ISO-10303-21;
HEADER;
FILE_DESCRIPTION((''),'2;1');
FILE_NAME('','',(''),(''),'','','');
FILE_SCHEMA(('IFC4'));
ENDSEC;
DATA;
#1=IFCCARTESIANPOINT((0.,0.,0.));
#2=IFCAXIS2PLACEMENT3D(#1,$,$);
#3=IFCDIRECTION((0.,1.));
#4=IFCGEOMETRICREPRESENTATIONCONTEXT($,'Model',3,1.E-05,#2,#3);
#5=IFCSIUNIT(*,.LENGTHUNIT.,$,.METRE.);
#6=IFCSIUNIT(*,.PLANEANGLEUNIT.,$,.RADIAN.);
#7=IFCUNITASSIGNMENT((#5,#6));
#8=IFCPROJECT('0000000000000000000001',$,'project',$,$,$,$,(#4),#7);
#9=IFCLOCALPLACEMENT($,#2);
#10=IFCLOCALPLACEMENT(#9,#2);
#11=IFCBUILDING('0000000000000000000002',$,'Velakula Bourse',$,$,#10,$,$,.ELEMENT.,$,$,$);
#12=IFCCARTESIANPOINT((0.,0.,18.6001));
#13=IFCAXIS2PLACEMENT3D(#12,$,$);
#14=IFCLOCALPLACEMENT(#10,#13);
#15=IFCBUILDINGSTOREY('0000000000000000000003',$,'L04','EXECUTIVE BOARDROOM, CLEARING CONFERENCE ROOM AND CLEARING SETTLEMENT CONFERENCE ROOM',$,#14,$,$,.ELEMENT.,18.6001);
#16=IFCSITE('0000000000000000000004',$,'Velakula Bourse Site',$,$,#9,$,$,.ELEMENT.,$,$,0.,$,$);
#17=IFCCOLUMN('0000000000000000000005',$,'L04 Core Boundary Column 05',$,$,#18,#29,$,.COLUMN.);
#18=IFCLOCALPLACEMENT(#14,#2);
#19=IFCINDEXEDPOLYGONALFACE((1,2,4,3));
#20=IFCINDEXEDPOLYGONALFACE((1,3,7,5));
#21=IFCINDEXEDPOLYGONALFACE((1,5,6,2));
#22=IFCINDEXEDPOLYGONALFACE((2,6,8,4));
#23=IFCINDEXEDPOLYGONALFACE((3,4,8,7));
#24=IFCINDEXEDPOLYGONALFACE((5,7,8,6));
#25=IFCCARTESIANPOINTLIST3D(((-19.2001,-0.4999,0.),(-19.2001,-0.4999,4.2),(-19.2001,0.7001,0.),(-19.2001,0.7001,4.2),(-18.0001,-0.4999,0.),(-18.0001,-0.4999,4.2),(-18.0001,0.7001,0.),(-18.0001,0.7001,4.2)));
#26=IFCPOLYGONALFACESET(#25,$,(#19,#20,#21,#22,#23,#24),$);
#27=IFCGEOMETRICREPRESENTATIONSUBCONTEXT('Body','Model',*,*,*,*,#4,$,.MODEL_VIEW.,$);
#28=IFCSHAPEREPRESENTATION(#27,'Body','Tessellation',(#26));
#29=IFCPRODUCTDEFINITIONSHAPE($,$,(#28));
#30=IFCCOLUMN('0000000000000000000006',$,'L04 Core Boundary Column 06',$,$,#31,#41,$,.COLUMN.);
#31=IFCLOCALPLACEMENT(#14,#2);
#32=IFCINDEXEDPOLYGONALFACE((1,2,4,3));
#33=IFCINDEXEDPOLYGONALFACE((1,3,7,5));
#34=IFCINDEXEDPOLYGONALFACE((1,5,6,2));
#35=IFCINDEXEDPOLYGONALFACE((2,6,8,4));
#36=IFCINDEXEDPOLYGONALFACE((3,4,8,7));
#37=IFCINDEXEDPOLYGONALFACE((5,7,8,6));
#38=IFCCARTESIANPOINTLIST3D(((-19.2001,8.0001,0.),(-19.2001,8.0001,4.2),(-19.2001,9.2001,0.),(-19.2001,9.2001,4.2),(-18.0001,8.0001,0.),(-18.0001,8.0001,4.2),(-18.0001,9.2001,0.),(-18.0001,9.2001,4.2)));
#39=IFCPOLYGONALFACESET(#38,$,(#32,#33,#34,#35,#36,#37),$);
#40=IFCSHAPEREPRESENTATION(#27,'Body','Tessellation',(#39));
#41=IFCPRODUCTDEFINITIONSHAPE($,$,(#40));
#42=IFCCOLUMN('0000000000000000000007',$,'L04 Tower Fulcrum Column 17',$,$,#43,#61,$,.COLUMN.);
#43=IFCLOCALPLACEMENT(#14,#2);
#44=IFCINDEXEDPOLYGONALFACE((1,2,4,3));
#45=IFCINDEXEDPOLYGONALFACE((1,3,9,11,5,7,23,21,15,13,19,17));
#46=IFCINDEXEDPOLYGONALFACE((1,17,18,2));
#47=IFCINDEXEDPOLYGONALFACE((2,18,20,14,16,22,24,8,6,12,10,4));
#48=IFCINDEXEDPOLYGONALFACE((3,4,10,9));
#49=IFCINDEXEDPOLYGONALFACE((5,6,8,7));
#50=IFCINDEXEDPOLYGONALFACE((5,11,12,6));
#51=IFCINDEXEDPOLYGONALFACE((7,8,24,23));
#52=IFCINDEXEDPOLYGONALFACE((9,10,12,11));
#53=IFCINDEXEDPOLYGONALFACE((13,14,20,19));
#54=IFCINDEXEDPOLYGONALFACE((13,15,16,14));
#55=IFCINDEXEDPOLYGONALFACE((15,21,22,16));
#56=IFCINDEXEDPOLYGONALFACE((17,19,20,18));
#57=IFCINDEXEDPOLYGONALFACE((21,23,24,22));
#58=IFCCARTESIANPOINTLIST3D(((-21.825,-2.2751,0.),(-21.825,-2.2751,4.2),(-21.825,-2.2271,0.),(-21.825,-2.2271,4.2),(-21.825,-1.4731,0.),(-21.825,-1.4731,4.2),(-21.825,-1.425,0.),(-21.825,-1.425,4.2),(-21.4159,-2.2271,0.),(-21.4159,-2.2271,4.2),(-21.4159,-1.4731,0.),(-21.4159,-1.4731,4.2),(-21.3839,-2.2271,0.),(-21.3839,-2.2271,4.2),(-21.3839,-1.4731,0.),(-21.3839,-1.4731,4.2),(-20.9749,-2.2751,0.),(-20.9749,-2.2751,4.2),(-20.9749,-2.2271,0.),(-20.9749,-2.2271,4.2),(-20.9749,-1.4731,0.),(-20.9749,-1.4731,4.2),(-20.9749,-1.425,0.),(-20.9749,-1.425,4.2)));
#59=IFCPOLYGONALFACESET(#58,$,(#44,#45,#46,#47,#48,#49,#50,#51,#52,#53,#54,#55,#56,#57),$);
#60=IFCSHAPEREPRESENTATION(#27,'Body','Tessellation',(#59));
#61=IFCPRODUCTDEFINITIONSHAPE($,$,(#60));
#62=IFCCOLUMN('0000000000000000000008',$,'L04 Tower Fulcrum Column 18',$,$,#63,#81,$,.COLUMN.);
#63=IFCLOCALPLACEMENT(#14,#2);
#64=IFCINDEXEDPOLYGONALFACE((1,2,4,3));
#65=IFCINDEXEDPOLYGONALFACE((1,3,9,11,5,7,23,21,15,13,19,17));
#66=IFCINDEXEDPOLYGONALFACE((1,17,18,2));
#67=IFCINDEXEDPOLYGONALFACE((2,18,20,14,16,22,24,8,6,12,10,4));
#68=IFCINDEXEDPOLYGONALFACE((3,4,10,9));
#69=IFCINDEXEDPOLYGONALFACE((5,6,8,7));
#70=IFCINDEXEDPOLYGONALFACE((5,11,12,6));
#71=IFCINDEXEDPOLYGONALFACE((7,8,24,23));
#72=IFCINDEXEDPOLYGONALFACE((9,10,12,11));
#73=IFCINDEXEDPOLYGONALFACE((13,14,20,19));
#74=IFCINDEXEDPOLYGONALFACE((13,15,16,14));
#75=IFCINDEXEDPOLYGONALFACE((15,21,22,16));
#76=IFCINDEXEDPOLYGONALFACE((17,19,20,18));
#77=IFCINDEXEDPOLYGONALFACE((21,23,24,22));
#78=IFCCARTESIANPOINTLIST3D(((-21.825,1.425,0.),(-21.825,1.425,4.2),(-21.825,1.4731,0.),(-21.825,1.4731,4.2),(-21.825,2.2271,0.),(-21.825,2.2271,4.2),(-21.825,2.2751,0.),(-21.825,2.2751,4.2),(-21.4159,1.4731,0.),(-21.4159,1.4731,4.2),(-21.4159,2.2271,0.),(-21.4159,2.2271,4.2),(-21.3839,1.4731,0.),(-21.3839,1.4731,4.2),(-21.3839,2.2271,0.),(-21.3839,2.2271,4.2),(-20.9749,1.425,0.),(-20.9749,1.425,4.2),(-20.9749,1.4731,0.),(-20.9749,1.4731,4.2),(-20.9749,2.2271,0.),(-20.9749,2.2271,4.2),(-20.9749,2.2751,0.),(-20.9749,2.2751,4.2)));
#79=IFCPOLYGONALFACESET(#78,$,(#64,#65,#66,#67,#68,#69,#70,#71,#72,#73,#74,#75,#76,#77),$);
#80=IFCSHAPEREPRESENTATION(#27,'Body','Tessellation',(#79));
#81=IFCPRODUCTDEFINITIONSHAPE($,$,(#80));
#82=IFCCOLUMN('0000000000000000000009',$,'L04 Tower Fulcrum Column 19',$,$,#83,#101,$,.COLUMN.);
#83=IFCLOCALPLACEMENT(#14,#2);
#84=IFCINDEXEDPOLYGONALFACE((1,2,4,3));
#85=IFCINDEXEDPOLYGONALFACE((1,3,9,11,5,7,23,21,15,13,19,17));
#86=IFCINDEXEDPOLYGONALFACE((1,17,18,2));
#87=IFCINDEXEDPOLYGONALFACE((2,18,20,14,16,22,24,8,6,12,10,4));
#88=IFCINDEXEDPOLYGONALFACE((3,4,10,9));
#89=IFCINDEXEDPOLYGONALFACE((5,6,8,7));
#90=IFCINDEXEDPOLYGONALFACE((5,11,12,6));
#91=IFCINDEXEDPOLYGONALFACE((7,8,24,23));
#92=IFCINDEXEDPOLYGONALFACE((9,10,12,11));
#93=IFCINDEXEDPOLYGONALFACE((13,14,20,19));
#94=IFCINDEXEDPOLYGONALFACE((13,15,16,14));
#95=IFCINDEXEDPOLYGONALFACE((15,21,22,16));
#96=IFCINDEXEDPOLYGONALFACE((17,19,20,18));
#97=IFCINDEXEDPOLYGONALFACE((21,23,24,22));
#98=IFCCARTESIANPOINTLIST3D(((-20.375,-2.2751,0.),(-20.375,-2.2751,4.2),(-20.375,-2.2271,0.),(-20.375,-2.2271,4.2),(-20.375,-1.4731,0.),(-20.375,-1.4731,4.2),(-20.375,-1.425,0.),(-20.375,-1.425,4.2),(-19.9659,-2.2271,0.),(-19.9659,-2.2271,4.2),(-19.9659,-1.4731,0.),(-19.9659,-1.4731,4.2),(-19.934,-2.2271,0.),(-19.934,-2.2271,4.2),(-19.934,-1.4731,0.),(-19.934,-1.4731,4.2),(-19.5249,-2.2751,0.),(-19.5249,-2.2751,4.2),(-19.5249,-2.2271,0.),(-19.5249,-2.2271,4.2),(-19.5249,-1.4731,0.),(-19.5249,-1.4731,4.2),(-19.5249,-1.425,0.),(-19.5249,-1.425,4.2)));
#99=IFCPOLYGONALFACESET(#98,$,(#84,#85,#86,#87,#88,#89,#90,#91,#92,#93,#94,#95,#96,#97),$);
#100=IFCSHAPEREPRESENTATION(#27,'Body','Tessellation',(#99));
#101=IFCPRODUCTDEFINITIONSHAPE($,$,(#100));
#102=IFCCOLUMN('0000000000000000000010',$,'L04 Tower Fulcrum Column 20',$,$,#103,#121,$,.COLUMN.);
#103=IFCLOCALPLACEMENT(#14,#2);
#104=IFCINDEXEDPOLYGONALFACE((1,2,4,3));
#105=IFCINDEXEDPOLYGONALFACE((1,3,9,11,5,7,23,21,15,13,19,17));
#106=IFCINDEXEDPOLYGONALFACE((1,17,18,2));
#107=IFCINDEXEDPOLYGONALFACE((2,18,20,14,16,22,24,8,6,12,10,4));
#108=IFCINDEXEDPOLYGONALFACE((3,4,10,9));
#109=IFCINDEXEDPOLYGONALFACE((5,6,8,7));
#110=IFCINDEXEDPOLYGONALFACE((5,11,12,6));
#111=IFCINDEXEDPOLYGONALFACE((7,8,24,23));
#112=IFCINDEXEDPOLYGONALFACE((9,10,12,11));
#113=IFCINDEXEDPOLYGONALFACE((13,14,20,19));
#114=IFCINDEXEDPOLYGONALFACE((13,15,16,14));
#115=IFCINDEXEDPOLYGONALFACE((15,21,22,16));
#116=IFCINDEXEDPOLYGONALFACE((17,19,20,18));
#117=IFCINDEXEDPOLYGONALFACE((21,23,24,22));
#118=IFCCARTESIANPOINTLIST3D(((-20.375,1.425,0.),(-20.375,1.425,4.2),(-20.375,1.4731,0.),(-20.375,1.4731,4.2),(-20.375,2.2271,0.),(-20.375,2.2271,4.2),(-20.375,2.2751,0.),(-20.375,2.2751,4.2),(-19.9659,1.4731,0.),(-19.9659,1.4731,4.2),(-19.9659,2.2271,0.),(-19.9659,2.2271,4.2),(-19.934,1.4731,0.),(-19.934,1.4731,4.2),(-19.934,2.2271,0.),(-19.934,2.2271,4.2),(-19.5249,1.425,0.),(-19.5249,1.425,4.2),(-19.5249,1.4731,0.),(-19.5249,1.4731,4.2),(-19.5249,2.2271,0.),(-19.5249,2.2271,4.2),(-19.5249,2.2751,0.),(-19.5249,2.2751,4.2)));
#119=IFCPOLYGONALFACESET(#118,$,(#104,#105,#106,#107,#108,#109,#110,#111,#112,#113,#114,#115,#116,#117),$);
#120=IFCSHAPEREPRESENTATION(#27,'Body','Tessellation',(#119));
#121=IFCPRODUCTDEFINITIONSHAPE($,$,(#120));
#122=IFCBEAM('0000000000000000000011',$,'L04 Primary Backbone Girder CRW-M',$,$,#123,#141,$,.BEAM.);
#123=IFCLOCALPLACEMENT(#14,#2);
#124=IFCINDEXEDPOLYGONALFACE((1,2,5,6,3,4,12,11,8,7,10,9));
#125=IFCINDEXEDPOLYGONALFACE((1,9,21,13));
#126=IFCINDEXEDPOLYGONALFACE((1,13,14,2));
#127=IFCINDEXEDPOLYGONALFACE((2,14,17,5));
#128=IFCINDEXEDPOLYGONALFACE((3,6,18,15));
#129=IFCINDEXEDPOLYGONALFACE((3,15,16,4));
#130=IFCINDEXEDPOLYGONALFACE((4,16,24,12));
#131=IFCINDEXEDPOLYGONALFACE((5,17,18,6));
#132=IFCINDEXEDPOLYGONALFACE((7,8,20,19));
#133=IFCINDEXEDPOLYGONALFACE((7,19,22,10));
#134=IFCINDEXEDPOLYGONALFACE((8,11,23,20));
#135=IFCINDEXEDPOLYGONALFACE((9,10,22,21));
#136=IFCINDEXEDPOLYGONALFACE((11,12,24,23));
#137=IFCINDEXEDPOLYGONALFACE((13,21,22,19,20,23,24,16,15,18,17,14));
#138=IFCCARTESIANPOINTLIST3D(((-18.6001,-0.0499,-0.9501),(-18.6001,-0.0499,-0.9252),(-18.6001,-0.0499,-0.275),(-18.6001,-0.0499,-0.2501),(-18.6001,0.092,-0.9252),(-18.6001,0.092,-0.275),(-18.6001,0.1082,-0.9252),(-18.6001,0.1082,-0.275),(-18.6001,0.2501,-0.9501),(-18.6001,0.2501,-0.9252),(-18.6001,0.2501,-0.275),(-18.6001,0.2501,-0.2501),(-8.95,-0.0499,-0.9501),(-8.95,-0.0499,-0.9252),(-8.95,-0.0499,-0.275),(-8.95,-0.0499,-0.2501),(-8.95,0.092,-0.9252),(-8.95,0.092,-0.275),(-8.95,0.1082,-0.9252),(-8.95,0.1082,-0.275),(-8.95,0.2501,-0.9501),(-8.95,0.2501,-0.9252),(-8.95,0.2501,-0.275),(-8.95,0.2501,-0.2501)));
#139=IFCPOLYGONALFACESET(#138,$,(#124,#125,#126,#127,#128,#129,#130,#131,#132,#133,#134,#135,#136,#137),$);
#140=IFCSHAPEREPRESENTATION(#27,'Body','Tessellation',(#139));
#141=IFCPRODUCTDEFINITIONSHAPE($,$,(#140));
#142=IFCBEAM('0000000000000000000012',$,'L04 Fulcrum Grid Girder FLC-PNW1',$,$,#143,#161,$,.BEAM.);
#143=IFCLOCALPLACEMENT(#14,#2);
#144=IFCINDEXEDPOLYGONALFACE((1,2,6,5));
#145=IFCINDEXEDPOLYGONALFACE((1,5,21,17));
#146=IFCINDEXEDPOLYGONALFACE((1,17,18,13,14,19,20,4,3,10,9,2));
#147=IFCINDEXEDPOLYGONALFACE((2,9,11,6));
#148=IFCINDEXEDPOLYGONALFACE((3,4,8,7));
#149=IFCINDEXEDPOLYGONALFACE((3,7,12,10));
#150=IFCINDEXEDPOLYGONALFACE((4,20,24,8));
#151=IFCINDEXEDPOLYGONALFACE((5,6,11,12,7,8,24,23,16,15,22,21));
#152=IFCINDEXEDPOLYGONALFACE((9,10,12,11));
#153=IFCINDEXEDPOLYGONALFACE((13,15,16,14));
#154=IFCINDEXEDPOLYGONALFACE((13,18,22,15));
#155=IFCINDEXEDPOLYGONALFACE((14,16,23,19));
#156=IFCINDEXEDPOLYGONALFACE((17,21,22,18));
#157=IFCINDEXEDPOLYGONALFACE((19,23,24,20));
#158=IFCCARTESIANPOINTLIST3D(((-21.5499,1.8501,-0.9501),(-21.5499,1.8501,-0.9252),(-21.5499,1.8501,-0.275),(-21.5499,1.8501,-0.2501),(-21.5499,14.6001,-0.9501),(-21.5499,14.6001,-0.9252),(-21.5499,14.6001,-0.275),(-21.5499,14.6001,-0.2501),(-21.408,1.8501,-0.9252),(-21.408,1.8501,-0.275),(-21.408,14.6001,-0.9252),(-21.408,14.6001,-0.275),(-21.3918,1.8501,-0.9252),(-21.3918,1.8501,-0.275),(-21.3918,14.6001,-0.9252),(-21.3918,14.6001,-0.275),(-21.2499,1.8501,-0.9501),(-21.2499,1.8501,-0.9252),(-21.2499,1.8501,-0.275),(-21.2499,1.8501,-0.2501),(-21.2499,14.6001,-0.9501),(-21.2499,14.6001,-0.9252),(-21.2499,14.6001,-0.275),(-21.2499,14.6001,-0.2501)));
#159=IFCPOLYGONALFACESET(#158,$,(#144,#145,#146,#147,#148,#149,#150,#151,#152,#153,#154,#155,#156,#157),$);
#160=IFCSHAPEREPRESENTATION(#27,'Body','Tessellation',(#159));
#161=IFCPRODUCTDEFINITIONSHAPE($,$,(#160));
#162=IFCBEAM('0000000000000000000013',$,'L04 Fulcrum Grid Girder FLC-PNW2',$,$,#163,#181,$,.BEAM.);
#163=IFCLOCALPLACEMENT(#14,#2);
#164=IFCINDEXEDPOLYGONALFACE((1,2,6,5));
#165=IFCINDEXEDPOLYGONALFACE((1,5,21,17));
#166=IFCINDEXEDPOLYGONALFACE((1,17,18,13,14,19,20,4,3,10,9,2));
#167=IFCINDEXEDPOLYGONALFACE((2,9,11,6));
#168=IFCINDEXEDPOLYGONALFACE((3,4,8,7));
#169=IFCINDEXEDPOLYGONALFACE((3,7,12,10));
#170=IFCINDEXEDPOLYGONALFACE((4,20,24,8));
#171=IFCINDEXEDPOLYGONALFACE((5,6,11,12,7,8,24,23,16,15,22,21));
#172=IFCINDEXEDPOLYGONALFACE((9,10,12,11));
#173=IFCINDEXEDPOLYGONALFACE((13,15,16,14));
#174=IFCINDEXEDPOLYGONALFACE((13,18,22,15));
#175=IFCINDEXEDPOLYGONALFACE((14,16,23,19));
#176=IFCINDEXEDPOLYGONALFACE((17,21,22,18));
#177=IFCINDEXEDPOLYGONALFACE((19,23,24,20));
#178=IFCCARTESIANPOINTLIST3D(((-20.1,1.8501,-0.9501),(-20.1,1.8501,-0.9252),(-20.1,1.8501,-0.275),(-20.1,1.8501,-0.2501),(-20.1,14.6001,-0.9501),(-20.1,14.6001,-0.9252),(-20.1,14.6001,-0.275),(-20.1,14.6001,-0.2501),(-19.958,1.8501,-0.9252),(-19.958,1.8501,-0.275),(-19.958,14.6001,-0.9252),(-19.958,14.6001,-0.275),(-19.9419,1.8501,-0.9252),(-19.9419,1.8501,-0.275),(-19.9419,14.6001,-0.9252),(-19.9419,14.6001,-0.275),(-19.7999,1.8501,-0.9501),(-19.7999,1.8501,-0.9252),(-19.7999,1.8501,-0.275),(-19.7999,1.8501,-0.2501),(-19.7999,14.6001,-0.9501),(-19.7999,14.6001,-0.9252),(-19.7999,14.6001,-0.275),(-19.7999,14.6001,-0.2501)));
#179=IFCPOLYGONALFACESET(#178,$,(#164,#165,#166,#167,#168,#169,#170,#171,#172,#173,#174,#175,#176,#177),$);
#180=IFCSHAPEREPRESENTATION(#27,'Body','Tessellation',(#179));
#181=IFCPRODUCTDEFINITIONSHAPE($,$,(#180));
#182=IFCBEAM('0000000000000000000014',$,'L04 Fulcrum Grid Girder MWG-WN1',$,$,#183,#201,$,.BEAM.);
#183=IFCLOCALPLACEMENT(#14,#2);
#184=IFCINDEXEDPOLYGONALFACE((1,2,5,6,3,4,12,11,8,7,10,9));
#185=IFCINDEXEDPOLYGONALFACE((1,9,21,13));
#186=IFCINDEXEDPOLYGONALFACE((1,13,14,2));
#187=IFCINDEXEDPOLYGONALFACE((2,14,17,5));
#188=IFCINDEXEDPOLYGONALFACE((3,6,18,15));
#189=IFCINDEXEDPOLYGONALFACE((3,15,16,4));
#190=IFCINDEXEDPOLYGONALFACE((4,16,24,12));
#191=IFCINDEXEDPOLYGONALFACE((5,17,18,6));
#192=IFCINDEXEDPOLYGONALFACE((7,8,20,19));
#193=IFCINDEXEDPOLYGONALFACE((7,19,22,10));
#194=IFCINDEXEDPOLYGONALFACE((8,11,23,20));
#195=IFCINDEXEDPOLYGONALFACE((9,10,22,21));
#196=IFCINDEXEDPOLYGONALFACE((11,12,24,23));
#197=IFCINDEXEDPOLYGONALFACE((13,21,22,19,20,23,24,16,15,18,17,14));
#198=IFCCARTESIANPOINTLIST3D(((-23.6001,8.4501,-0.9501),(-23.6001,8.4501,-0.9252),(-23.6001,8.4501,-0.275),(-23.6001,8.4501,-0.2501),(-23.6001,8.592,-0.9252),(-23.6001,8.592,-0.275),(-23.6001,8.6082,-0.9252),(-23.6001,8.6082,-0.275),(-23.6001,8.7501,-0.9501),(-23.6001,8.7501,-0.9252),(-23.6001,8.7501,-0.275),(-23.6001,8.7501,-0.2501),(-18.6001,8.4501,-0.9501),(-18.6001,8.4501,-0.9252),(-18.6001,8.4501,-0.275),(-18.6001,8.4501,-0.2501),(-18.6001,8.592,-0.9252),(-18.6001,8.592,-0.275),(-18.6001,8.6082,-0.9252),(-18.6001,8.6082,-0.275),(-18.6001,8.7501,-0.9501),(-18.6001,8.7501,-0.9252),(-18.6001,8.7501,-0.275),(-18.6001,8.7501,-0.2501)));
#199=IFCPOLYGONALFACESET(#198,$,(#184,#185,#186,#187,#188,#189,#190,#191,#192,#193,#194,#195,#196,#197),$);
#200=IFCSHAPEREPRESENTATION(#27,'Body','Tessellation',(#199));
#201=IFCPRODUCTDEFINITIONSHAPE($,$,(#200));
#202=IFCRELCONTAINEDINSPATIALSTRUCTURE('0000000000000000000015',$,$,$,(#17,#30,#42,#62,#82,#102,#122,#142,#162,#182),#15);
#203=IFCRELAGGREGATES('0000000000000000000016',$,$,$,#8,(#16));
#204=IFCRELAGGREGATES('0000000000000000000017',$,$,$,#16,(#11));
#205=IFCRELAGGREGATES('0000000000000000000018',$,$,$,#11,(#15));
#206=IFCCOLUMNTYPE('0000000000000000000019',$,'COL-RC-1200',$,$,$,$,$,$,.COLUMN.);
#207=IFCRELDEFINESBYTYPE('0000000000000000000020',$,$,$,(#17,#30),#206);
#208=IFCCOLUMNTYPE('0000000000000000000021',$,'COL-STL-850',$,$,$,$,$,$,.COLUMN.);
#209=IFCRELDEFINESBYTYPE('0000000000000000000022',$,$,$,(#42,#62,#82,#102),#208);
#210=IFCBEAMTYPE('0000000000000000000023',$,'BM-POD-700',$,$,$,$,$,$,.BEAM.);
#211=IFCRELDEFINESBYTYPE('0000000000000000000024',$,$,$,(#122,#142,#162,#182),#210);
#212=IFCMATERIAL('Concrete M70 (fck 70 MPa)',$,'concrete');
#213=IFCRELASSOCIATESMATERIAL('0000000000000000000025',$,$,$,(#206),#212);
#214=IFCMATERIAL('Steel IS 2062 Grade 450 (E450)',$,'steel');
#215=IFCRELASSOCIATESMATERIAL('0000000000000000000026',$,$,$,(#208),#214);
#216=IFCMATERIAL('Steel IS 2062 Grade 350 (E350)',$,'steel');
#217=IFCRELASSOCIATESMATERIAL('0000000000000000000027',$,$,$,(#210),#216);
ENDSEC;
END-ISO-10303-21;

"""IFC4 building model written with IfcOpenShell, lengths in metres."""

from ifc_helpers import new_model, si_unit, direction, frame, origin, origin_2d, place, context, subcontext, project, spatial, rectangle, i_section, extrude, material, material_profile, profile_set, type_object, element, save


model = new_model("IFC4")

# Units and contexts
model_context = context("Model", 3, precision=1e-05, world=origin(), true_north=direction((0.0, 1.0)))
body_context = subcontext(model_context, "Body", "Model", "MODEL_VIEW")
ifc_project = project(units=[si_unit("LENGTHUNIT", "METRE"), si_unit("PLANEANGLEUNIT", "RADIAN")], contexts=[model_context])

# Site, building, storey
site_placement = place(None, origin())
site = spatial("IfcSite", under=ifc_project, at=site_placement, Name="Velakula Bourse Site", CompositionType="ELEMENT", RefElevation=0.0)
building_placement = place(site_placement, origin())
building = spatial("IfcBuilding", under=site, at=building_placement, Name="Velakula Bourse", CompositionType="ELEMENT")
storey_placement = place(building_placement, frame((0.0, 0.0, 18.6001)))
storey = spatial("IfcBuildingStorey", under=building, at=storey_placement, Name="L04", Description="EXECUTIVE BOARDROOM, CLEARING CONFERENCE ROOM AND CLEARING SETTLEMENT CONFERENCE ROOM", CompositionType="ELEMENT", Elevation=18.6001)

# Columns
ifc_material_1 = material(Name="Concrete M70 (fck 70 MPa)", Category="concrete")
ifc_material_profile_1 = material_profile(ifc_material_1, rectangle(XDim=1.2, YDim=1.2, at=origin_2d()), Name="Concrete M70 (fck 70 MPa)")
ifc_profile_set_1 = profile_set([ifc_material_profile_1], Name="Concrete M70 (fck 70 MPa)")
column_type_1 = type_object("IfcColumnType", Name="COL-RC-1200", PredefinedType="COLUMN", material=ifc_profile_set_1)
for number, where, z_axis, x_axis, name in (
    (1, (-18.6001, 0.1001, 0.0), (0.0, 0.0, 1.0), (1.0, 0.0, 0.0), "L04 Core Boundary Column 05"),
    (2, (-18.6001, 8.6001, 0.0), (0.0, 0.0, 1.0), (1.0, 0.0, 0.0), "L04 Core Boundary Column 06"),
):
    element("IfcColumn", number, at=place(storey_placement, frame(where, z_axis=z_axis, x_axis=x_axis)), inside=storey, type_object=column_type_1, Name=name, PredefinedType="COLUMN", context=body_context, shape_type="SweptSolid", body=[
        extrude(rectangle(XDim=1.2, YDim=1.2, at=origin_2d()), origin(), (0.0, 0.0, 1.0), 4.2),
    ])
ifc_material_2 = material(Name="Steel IS 2062 Grade 450 (E450)", Category="steel")
ifc_material_profile_2 = material_profile(ifc_material_2, i_section(OverallWidth=0.8501, OverallDepth=0.8501, WebThickness=0.032, FlangeThickness=0.0481, at=origin_2d()), Name="Steel IS 2062 Grade 450 (E450)")
ifc_profile_set_2 = profile_set([ifc_material_profile_2], Name="Steel IS 2062 Grade 450 (E450)")
column_type_2 = type_object("IfcColumnType", Name="COL-STL-850", PredefinedType="COLUMN", material=ifc_profile_set_2)
for number, where, z_axis, x_axis, name in (
    (3, (-21.3999, -1.8501, 0.0), (0.0, 0.0, 1.0), (1.0, 0.0, 0.0), "L04 Tower Fulcrum Column 17"),
    (4, (-21.3999, 1.8501, 0.0), (0.0, 0.0, 1.0), (1.0, 0.0, 0.0), "L04 Tower Fulcrum Column 18"),
    (5, (-19.95, -1.8501, 0.0), (0.0, 0.0, 1.0), (1.0, 0.0, 0.0), "L04 Tower Fulcrum Column 19"),
    (6, (-19.95, 1.8501, 0.0), (0.0, 0.0, 1.0), (1.0, 0.0, 0.0), "L04 Tower Fulcrum Column 20"),
):
    element("IfcColumn", number, at=place(storey_placement, frame(where, z_axis=z_axis, x_axis=x_axis)), inside=storey, type_object=column_type_2, Name=name, PredefinedType="COLUMN", context=body_context, shape_type="SweptSolid", body=[
        extrude(i_section(OverallWidth=0.8501, OverallDepth=0.8501, WebThickness=0.032, FlangeThickness=0.0481, at=origin_2d()), origin(), (0.0, 0.0, 1.0), 4.2),
    ])

# Beams
ifc_material_3 = material(Name="Steel IS 2062 Grade 350 (E350)", Category="steel")
ifc_material_profile_3 = material_profile(ifc_material_3, i_section(OverallWidth=0.3, OverallDepth=0.7, WebThickness=0.0161, FlangeThickness=0.0249, at=origin_2d()), Name="Steel IS 2062 Grade 350 (E350)")
ifc_profile_set_3 = profile_set([ifc_material_profile_3], Name="Steel IS 2062 Grade 350 (E350)")
beam_type_1 = type_object("IfcBeamType", Name="BM-POD-700", PredefinedType="BEAM", material=ifc_profile_set_3)
beam_1_placement = place(storey_placement, frame((-18.6001, 0.1001, -0.6001), z_axis=(1.0, 0.0, 0.0), x_axis=(0.0, 1.0, 0.0)))
element("IfcBeam", 7, at=beam_1_placement, inside=storey, type_object=beam_type_1, Name="L04 Primary Backbone Girder CRW-M", PredefinedType="BEAM", context=body_context, shape_type="SweptSolid", body=[
    extrude(i_section(OverallWidth=0.3, OverallDepth=0.7, WebThickness=0.0161, FlangeThickness=0.0249, at=origin_2d()), origin(), (0.0, 0.0, 1.0), 9.6501),
])
for number, where, z_axis, x_axis, name in (
    (8, (-21.3999, 1.8501, -0.6001), (0.0, 1.0, 0.0), (-1.0, 0.0, 0.0), "L04 Fulcrum Grid Girder FLC-PNW1"),
    (9, (-19.95, 1.8501, -0.6001), (0.0, 1.0, 0.0), (-1.0, 0.0, 0.0), "L04 Fulcrum Grid Girder FLC-PNW2"),
):
    element("IfcBeam", number, at=place(storey_placement, frame(where, z_axis=z_axis, x_axis=x_axis)), inside=storey, type_object=beam_type_1, Name=name, PredefinedType="BEAM", context=body_context, shape_type="SweptSolid", body=[
        extrude(i_section(OverallWidth=0.3, OverallDepth=0.7, WebThickness=0.0161, FlangeThickness=0.0249, at=origin_2d()), origin(), (0.0, 0.0, 1.0), 12.75),
    ])
beam_2_placement = place(storey_placement, frame((-23.6001, 8.6001, -0.6001), z_axis=(1.0, 0.0, 0.0), x_axis=(0.0, 1.0, 0.0)))
element("IfcBeam", 10, at=beam_2_placement, inside=storey, type_object=beam_type_1, Name="L04 Fulcrum Grid Girder MWG-WN1", PredefinedType="BEAM", context=body_context, shape_type="SweptSolid", body=[
    extrude(i_section(OverallWidth=0.3, OverallDepth=0.7, WebThickness=0.0161, FlangeThickness=0.0249, at=origin_2d()), origin(), (0.0, 0.0, 1.0), 5.0),
])

save(model, "model.ifc")
